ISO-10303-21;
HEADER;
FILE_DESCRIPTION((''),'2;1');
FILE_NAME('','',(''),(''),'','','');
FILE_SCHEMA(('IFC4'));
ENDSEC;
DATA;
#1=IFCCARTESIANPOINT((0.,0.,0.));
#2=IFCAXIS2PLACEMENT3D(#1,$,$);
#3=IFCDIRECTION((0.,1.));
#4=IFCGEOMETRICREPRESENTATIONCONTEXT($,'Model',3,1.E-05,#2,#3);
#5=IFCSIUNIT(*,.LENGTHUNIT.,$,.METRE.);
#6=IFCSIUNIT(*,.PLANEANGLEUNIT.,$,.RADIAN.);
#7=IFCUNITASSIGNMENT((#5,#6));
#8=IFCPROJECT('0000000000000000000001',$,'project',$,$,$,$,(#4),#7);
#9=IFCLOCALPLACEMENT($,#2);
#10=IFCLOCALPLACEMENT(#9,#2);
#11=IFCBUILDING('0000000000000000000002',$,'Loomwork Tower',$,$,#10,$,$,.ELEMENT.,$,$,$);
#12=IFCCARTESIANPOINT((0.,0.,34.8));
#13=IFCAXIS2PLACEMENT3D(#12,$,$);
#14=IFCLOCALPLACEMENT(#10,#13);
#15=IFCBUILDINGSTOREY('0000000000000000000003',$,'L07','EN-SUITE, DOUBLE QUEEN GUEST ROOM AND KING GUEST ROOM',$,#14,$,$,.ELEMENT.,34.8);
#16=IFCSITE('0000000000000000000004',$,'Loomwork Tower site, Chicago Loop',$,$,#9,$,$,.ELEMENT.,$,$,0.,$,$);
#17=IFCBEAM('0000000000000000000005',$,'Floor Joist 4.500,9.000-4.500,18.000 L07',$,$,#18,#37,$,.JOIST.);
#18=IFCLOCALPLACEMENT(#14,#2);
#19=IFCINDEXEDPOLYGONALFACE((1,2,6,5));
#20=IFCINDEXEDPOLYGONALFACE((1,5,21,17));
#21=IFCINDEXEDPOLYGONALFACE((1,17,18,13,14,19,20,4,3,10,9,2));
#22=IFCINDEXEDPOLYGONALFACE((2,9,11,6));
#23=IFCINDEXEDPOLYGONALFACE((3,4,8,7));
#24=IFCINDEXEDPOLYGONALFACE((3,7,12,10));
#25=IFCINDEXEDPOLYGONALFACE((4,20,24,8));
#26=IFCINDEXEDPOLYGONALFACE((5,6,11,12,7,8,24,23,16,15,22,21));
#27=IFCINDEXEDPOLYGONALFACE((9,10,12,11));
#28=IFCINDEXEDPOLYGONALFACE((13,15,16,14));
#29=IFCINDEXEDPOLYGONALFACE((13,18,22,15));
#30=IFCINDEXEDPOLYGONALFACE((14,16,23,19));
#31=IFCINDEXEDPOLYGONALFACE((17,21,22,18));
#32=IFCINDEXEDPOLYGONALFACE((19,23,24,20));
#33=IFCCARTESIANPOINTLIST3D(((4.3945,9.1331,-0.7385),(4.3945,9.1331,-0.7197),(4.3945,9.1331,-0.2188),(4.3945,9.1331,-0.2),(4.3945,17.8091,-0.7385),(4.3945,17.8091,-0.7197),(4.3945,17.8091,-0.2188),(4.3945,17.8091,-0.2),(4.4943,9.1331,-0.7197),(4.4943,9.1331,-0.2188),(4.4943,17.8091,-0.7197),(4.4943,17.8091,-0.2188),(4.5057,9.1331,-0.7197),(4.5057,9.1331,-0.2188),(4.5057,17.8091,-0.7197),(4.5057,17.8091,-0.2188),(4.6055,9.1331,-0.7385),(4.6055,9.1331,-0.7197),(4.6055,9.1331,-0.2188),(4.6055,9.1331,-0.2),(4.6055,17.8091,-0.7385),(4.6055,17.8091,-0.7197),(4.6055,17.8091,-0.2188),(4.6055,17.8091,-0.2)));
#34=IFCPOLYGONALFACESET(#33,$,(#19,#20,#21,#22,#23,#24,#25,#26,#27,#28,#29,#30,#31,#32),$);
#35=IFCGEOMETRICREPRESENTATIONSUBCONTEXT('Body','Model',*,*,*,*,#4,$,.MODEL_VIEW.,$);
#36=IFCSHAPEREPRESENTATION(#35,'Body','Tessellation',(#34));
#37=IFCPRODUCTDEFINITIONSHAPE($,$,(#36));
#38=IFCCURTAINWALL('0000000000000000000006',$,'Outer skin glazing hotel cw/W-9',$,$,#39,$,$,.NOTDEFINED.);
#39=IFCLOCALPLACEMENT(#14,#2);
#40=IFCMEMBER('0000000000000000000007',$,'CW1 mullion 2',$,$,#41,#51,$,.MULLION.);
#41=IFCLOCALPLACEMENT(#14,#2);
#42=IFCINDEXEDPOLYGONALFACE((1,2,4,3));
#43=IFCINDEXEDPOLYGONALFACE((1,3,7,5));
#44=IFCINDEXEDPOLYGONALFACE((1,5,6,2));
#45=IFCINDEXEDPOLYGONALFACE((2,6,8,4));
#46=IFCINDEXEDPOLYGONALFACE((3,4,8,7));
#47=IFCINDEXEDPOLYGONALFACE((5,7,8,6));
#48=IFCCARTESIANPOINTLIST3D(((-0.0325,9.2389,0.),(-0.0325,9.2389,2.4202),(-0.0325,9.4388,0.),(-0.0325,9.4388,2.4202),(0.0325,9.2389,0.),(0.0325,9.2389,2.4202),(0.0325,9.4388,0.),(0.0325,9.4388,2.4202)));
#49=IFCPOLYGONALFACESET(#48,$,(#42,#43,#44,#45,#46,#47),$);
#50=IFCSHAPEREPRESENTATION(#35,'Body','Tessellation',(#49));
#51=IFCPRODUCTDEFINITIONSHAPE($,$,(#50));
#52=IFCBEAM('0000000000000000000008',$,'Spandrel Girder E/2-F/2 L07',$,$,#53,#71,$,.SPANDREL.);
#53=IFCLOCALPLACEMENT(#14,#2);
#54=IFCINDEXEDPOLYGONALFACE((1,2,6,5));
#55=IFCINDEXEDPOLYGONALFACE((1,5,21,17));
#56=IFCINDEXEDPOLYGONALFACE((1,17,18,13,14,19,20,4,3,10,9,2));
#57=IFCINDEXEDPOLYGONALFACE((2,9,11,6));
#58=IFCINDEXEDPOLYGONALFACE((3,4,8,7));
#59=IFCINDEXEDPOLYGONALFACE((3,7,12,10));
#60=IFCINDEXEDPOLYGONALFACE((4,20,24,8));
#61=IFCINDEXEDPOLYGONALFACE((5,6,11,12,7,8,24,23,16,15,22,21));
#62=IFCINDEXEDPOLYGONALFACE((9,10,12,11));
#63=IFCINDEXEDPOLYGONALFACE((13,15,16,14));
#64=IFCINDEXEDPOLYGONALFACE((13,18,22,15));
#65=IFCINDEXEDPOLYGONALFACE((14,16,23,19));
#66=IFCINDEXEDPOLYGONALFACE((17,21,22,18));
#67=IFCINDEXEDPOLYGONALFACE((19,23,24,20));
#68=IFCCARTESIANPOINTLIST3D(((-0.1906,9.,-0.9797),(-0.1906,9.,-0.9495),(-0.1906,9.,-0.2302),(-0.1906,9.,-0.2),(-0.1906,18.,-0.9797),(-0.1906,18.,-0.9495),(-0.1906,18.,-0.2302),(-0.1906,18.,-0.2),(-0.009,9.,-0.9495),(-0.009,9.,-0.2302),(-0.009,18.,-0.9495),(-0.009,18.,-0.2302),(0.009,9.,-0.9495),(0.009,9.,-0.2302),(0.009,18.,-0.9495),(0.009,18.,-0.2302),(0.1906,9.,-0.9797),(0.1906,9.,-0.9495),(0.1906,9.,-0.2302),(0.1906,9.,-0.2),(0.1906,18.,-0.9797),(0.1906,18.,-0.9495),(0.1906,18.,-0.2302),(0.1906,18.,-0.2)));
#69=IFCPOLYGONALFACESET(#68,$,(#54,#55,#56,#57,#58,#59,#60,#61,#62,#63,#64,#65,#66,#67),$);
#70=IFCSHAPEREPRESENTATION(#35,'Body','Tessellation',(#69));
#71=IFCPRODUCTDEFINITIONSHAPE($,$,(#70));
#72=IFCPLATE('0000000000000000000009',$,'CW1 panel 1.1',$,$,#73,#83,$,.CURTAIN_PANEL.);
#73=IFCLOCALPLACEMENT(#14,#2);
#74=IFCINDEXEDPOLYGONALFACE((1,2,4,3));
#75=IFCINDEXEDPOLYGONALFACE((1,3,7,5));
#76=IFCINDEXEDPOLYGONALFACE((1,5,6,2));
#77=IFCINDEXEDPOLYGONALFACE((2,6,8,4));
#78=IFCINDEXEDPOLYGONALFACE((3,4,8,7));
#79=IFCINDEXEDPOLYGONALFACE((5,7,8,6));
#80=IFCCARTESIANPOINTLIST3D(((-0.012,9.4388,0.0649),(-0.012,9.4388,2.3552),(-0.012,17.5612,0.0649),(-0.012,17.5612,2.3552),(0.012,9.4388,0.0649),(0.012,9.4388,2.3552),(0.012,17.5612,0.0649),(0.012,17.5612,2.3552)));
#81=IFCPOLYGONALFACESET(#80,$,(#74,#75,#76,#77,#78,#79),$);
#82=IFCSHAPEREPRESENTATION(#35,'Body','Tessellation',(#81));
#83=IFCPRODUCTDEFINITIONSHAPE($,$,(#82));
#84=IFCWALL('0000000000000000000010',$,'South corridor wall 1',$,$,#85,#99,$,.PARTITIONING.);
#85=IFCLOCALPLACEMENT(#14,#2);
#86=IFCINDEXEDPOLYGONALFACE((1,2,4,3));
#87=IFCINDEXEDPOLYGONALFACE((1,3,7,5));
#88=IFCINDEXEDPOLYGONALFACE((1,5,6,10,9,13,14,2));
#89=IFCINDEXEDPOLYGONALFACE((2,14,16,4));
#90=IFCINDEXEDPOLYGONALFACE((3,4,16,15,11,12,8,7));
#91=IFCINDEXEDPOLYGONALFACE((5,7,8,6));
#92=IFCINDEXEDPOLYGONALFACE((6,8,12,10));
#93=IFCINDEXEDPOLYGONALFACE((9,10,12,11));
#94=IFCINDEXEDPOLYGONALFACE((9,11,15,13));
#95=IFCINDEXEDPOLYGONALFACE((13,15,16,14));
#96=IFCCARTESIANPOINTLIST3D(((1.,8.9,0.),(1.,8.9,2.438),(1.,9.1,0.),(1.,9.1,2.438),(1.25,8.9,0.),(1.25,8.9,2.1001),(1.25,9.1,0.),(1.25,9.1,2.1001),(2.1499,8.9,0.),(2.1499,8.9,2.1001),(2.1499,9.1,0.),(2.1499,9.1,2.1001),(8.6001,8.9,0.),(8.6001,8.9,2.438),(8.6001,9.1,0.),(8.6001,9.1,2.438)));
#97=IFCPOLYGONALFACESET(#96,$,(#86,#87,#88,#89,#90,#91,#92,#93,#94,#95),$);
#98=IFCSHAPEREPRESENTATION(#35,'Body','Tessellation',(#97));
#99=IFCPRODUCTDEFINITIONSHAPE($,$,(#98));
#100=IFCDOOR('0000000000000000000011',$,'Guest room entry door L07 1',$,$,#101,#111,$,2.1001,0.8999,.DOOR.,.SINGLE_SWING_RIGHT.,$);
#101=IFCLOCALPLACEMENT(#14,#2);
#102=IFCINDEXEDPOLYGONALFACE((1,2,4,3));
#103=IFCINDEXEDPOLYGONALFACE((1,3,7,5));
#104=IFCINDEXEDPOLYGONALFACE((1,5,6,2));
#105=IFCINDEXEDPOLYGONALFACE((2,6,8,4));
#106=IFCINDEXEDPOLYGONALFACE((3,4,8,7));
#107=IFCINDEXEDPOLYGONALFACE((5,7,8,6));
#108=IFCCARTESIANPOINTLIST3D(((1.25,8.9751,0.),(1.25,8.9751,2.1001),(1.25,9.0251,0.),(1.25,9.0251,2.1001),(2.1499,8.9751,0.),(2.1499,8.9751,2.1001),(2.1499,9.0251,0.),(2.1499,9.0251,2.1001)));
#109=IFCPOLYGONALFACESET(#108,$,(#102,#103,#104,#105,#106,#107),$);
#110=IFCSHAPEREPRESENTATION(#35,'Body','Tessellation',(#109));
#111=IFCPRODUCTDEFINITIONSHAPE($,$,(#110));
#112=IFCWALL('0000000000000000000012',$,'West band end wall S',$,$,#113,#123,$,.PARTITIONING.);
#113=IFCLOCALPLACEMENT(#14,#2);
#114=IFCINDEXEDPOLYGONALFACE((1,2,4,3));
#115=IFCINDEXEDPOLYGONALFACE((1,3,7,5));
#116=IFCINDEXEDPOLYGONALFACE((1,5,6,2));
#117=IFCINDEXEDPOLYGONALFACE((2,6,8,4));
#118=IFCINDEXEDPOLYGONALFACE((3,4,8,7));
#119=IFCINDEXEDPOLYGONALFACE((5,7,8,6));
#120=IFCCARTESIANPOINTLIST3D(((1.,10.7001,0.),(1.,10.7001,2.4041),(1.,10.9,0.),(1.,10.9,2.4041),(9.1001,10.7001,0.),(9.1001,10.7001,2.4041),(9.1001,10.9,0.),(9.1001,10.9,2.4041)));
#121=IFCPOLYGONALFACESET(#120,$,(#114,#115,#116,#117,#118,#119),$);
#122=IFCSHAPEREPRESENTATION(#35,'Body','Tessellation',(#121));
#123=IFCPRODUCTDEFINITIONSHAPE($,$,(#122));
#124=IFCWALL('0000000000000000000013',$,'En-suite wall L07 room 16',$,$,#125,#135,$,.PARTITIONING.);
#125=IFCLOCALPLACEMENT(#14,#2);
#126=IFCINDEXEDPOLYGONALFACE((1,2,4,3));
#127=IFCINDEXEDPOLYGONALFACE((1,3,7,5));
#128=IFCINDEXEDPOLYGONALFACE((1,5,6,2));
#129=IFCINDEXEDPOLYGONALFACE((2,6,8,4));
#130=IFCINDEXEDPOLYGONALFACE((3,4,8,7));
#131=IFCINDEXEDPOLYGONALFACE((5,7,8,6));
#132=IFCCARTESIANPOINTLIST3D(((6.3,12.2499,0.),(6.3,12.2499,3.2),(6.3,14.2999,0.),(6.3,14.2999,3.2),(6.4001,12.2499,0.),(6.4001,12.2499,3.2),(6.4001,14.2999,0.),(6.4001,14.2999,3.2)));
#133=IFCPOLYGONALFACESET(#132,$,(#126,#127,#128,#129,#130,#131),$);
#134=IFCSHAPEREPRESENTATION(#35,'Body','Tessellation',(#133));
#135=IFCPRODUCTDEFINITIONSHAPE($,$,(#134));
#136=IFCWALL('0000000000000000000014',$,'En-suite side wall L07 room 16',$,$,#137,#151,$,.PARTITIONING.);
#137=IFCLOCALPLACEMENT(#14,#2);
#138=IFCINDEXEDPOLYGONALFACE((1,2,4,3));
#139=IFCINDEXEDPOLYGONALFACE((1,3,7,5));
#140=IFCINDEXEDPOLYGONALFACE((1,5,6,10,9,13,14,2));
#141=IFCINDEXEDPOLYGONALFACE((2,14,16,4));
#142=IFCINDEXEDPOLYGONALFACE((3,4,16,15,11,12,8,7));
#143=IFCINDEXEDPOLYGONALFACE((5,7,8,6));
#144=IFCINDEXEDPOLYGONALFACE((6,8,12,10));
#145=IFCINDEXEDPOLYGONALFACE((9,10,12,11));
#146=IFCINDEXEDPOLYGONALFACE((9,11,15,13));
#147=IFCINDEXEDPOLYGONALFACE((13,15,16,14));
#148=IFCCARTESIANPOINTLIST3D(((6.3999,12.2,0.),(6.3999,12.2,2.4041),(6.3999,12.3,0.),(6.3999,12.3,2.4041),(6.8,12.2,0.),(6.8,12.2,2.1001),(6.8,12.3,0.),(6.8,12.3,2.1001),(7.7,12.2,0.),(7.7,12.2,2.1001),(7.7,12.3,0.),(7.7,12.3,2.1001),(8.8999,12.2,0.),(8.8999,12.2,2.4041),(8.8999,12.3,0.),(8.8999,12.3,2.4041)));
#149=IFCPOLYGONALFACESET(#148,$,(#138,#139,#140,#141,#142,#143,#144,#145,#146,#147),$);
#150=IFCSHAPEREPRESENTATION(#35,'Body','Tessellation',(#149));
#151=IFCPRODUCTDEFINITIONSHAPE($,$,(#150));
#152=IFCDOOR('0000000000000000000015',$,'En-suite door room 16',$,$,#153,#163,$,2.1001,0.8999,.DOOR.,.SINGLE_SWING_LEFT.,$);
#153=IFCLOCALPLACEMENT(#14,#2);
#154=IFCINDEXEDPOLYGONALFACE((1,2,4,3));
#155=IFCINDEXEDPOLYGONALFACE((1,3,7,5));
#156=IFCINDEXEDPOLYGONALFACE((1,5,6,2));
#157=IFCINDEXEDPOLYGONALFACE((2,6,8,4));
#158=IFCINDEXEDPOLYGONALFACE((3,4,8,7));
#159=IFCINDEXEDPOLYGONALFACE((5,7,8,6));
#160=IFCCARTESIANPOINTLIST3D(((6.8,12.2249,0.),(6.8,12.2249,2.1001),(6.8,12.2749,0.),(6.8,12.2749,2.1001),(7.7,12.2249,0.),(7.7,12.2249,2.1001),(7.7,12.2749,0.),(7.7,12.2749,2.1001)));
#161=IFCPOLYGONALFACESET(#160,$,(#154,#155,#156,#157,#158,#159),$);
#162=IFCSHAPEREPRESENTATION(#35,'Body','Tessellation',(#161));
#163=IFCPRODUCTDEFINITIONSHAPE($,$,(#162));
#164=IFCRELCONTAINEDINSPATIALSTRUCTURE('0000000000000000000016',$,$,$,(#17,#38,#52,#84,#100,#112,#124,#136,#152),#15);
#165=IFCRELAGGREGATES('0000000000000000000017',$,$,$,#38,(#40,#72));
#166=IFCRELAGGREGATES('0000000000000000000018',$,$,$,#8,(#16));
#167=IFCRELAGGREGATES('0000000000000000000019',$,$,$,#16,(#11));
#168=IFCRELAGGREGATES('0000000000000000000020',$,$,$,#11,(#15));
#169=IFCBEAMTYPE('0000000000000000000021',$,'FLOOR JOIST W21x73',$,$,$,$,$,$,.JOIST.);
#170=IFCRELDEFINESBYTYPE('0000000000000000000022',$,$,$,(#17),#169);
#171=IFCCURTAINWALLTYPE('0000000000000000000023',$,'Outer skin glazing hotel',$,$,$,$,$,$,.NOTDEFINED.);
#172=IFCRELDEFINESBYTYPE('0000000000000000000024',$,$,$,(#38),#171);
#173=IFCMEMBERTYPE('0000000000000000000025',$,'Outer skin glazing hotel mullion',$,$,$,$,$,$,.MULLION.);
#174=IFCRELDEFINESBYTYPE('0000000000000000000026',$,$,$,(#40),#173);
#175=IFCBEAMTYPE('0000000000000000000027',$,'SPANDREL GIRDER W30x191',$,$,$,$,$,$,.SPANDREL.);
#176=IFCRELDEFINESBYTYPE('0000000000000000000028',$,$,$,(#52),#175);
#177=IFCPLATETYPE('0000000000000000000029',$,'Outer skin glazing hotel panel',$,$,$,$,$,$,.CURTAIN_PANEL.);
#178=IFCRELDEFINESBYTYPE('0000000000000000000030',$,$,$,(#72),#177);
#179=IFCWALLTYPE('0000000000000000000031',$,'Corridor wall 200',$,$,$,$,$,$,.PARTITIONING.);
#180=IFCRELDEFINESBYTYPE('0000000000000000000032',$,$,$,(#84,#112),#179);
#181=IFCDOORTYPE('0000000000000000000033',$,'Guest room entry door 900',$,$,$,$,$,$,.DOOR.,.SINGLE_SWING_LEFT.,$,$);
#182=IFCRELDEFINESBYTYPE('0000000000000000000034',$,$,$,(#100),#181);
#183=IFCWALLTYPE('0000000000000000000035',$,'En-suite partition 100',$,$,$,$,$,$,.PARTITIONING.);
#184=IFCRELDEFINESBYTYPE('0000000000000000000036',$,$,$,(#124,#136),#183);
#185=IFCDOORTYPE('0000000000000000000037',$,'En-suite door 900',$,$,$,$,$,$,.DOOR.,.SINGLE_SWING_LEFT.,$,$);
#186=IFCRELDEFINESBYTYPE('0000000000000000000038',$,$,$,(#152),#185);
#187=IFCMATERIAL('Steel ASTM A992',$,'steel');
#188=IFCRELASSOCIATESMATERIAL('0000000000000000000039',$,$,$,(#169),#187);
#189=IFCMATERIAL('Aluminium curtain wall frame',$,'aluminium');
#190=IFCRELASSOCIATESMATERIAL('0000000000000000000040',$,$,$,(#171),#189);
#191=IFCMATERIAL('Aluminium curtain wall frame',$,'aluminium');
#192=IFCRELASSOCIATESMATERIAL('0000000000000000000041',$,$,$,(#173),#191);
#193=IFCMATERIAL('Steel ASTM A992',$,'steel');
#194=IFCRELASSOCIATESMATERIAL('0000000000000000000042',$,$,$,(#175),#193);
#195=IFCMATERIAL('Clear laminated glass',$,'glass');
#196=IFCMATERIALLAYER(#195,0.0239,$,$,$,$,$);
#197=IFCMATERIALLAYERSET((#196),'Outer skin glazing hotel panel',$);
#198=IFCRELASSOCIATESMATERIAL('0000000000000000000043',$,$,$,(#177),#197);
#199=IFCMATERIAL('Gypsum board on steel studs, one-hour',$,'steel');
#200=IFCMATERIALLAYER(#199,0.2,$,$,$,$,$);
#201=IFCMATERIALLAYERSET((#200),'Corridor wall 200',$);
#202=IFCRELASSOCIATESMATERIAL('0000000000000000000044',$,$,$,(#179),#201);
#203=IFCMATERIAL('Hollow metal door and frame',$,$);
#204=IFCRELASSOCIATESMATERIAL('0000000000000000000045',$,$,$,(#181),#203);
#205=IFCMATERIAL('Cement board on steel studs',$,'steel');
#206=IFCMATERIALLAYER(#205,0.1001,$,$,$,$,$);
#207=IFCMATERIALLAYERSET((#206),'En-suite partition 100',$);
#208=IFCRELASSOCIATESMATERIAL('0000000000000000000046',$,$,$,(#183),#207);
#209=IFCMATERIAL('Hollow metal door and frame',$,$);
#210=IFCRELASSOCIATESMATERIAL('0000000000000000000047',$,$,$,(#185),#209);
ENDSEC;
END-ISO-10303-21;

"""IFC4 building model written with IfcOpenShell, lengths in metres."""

from ifc_helpers import new_model, si_unit, direction, frame, frame_2d, origin, origin_2d, place, context, subcontext, project, spatial, rectangle, i_section, extrude, material, layer, layer_set, material_profile, profile_set, type_object, element, fill, aggregate, save


model = new_model("IFC4")

# Units and contexts
model_context = context("Model", 3, precision=1e-05, world=origin(), true_north=direction((0.0, 1.0)))
body_context = subcontext(model_context, "Body", "Model", "MODEL_VIEW")
ifc_project = project(units=[si_unit("LENGTHUNIT", "METRE"), si_unit("PLANEANGLEUNIT", "RADIAN")], contexts=[model_context])

# Site, building, storey
site_placement = place(None, origin())
site = spatial("IfcSite", under=ifc_project, at=site_placement, Name="Loomwork Tower site, Chicago Loop", CompositionType="ELEMENT", RefElevation=0.0)
building_placement = place(site_placement, origin())
building = spatial("IfcBuilding", under=site, at=building_placement, Name="Loomwork Tower", CompositionType="ELEMENT")
storey_placement = place(building_placement, frame((0.0, 0.0, 34.8)))
storey = spatial("IfcBuildingStorey", under=building, at=storey_placement, Name="L07", Description="EN-SUITE, DOUBLE QUEEN GUEST ROOM AND KING GUEST ROOM", CompositionType="ELEMENT", Elevation=34.8)

# Beam
ifc_material_1 = material(Name="Steel ASTM A992", Category="steel")
ifc_material_profile_1 = material_profile(ifc_material_1, i_section(OverallWidth=0.2109, OverallDepth=0.5386, WebThickness=0.0115, FlangeThickness=0.0188, at=origin_2d()), Name="W21x73")
ifc_profile_set_1 = profile_set([ifc_material_profile_1], Name="Steel ASTM A992")
beam_type_1 = type_object("IfcBeamType", Name="FLOOR JOIST W21x73", PredefinedType="JOIST", material=ifc_profile_set_1)
beam_1_placement = place(storey_placement, frame((4.5, 9.1331, -0.4692), z_axis=(0.0, 1.0, 0.0), x_axis=(-1.0, 0.0, 0.0)))
element("IfcBeam", 1, at=beam_1_placement, inside=storey, type_object=beam_type_1, Name="Floor Joist 4.500,9.000-4.500,18.000 L07", PredefinedType="JOIST", context=body_context, shape_type="SweptSolid", body=[
    extrude(i_section(OverallWidth=0.2109, OverallDepth=0.5386, WebThickness=0.0115, FlangeThickness=0.0188, at=origin_2d()), origin(), (0.0, 0.0, 1.0), 8.676),
])

# Curtain wall, member
ifc_material_2 = material(Name="Aluminium curtain wall frame", Category="aluminium")
curtain_wall_type = type_object("IfcCurtainWallType", Name="Outer skin glazing hotel", PredefinedType="NOTDEFINED", material=ifc_material_2)
curtain_wall_placement = place(storey_placement, origin())
curtain_wall = element("IfcCurtainWall", 2, at=curtain_wall_placement, inside=storey, type_object=curtain_wall_type, Name="Outer skin glazing hotel cw/W-9", PredefinedType="NOTDEFINED")
ifc_material_3 = material(Name="Aluminium curtain wall frame", Category="aluminium")
ifc_material_profile_2 = material_profile(ifc_material_3, rectangle(XDim=0.0649, YDim=0.2, at=origin_2d()), Name="AL 65x200")
ifc_profile_set_2 = profile_set([ifc_material_profile_2], Name="Aluminium curtain wall frame")
member_type = type_object("IfcMemberType", Name="Outer skin glazing hotel mullion", PredefinedType="MULLION", material=ifc_profile_set_2)
member_placement = place(storey_placement, frame((0.0, 9.3389, 0.0), z_axis=(0.0, 0.0, 1.0), x_axis=(1.0, 0.0, 0.0)))
member = element("IfcMember", 3, at=member_placement, type_object=member_type, Name="CW1 mullion 2", PredefinedType="MULLION", context=body_context, shape_type="SweptSolid", body=[
    extrude(rectangle(XDim=0.0649, YDim=0.2, at=origin_2d()), origin(), (0.0, 0.0, 1.0), 2.4202),
])

# Beam
ifc_material_4 = material(Name="Steel ASTM A992", Category="steel")
ifc_material_profile_3 = material_profile(ifc_material_4, i_section(OverallWidth=0.3811, OverallDepth=0.7798, WebThickness=0.0181, FlangeThickness=0.0303, at=origin_2d()), Name="W30x191")
ifc_profile_set_3 = profile_set([ifc_material_profile_3], Name="Steel ASTM A992")
beam_type_2 = type_object("IfcBeamType", Name="SPANDREL GIRDER W30x191", PredefinedType="SPANDREL", material=ifc_profile_set_3)
beam_2_placement = place(storey_placement, frame((0.0, 9.0, -0.5898), z_axis=(0.0, 1.0, 0.0), x_axis=(-1.0, 0.0, 0.0)))
element("IfcBeam", 4, at=beam_2_placement, inside=storey, type_object=beam_type_2, Name="Spandrel Girder E/2-F/2 L07", PredefinedType="SPANDREL", context=body_context, shape_type="SweptSolid", body=[
    extrude(i_section(OverallWidth=0.3811, OverallDepth=0.7798, WebThickness=0.0181, FlangeThickness=0.0303, at=origin_2d()), origin(), (0.0, 0.0, 1.0), 9.0),
])

# Plate
ifc_material_5 = material(Name="Clear laminated glass", Category="glass")
ifc_layer_1 = layer(ifc_material_5, 0.0239)
ifc_layer_set_1 = layer_set([ifc_layer_1], Name="Outer skin glazing hotel panel")
plate_type = type_object("IfcPlateType", Name="Outer skin glazing hotel panel", PredefinedType="CURTAIN_PANEL", material=ifc_layer_set_1)
plate_placement = place(storey_placement, frame((0.0, 13.5, 0.0649), z_axis=(0.0, 0.0, 1.0), x_axis=(0.0, -1.0, 0.0)))
plate = element("IfcPlate", 5, at=plate_placement, type_object=plate_type, Name="CW1 panel 1.1", PredefinedType="CURTAIN_PANEL", context=body_context, shape_type="SweptSolid", body=[
    extrude(rectangle(XDim=8.1223, YDim=0.0239, at=origin_2d()), origin(), (0.0, 0.0, 1.0), 2.2903),
])
aggregate(curtain_wall, [member, plate])

# Wall, opening, door
ifc_material_6 = material(Name="Gypsum board on steel studs, one-hour", Category="steel")
ifc_layer_2 = layer(ifc_material_6, 0.2)
ifc_layer_set_2 = layer_set([ifc_layer_2], Name="Corridor wall 200")
wall_type_1 = type_object("IfcWallType", Name="Corridor wall 200", PredefinedType="PARTITIONING", material=ifc_layer_set_2)
wall_1_placement = place(storey_placement, frame((1.0, 9.0, 0.0), z_axis=(0.0, 0.0, 1.0), x_axis=(1.0, 0.0, 0.0)))
wall_1 = element("IfcWall", 6, at=wall_1_placement, inside=storey, type_object=wall_type_1, Name="South corridor wall 1", PredefinedType="PARTITIONING", context=body_context, shape_type="SweptSolid", body=[
    extrude(rectangle(XDim=7.6001, YDim=0.2, at=frame_2d((3.8, 0.0))), origin(), (0.0, 0.0, 1.0), 2.438),
])
opening_1_placement = place(wall_1_placement, frame((0.25, 0.0, 0.0)))
opening_1 = element("IfcOpeningElement", 7, at=opening_1_placement, cuts=wall_1, PredefinedType="OPENING", context=body_context, shape_type="SweptSolid", body=[
    extrude(rectangle(XDim=0.8999, YDim=2.1001, at=frame_2d((0.45, 1.05))), frame((0.0, 0.1099, 0.0), z_axis=(0.0, -1.0, 0.0), x_axis=(1.0, 0.0, 0.0)), (0.0, 0.0, 1.0), 0.22),
])
ifc_material_7 = material(Name="Hollow metal door and frame")
door_type_1 = type_object("IfcDoorType", Name="Guest room entry door 900", OperationType="SINGLE_SWING_LEFT", PredefinedType="DOOR", material=ifc_material_7)
door_1_placement = place(opening_1_placement, frame((0.8999, 0.0, 0.0), z_axis=(0.0, 0.0, 1.0), x_axis=(-1.0, 0.0, 0.0)))
door_1 = element("IfcDoor", 8, at=door_1_placement, inside=storey, type_object=door_type_1, Name="Guest room entry door L07 1", OperationType="SINGLE_SWING_RIGHT", OverallHeight=2.1001, OverallWidth=0.8999, PredefinedType="DOOR", context=body_context, shape_type="SweptSolid", body=[
    extrude(rectangle(XDim=0.8999, YDim=2.1001, at=frame_2d((0.45, 1.05))), frame((0.0, 0.0249, 0.0), z_axis=(0.0, -1.0, 0.0), x_axis=(1.0, 0.0, 0.0)), (0.0, 0.0, 1.0), 0.05),
])
fill(opening_1, door_1)

# Walls
wall_2_placement = place(storey_placement, frame((1.0, 10.8, 0.0), z_axis=(0.0, 0.0, 1.0), x_axis=(1.0, 0.0, 0.0)))
element("IfcWall", 9, at=wall_2_placement, inside=storey, type_object=wall_type_1, Name="West band end wall S", PredefinedType="PARTITIONING", context=body_context, shape_type="SweptSolid", body=[
    extrude(rectangle(XDim=8.1001, YDim=0.2, at=frame_2d((4.05, 0.0))), origin(), (0.0, 0.0, 1.0), 2.4041),
])
ifc_material_8 = material(Name="Cement board on steel studs", Category="steel")
ifc_layer_3 = layer(ifc_material_8, 0.1001)
ifc_layer_set_3 = layer_set([ifc_layer_3], Name="En-suite partition 100")
wall_type_2 = type_object("IfcWallType", Name="En-suite partition 100", PredefinedType="PARTITIONING", material=ifc_layer_set_3)
wall_3_placement = place(storey_placement, frame((6.3501, 12.25, 0.0), z_axis=(0.0, 0.0, 1.0), x_axis=(0.0, 1.0, 0.0)))
element("IfcWall", 10, at=wall_3_placement, inside=storey, type_object=wall_type_2, Name="En-suite wall L07 room 16", PredefinedType="PARTITIONING", context=body_context, shape_type="SweptSolid", body=[
    extrude(rectangle(XDim=2.05, YDim=0.1001, at=frame_2d((1.0249, 0.0))), origin(), (0.0, 0.0, 1.0), 3.2),
])

# Wall, opening, door
wall_4_placement = place(storey_placement, frame((8.8999, 12.25, 0.0), z_axis=(0.0, 0.0, 1.0), x_axis=(-1.0, 0.0, 0.0)))
wall_4 = element("IfcWall", 11, at=wall_4_placement, inside=storey, type_object=wall_type_2, Name="En-suite side wall L07 room 16", PredefinedType="PARTITIONING", context=body_context, shape_type="SweptSolid", body=[
    extrude(rectangle(XDim=2.5, YDim=0.1001, at=frame_2d((1.25, 0.0))), origin(), (0.0, 0.0, 1.0), 2.4041),
])
opening_2_placement = place(wall_4_placement, frame((1.2, 0.0, 0.0)))
opening_2 = element("IfcOpeningElement", 12, at=opening_2_placement, cuts=wall_4, PredefinedType="OPENING", context=body_context, shape_type="SweptSolid", body=[
    extrude(rectangle(XDim=0.8999, YDim=2.1001, at=frame_2d((0.45, 1.05))), frame((0.0, 0.0601, 0.0), z_axis=(0.0, -1.0, 0.0), x_axis=(1.0, 0.0, 0.0)), (0.0, 0.0, 1.0), 0.1201),
])
ifc_material_9 = material(Name="Hollow metal door and frame")
door_type_2 = type_object("IfcDoorType", Name="En-suite door 900", OperationType="SINGLE_SWING_LEFT", PredefinedType="DOOR", material=ifc_material_9)
door_2_placement = place(opening_2_placement, frame((0.8999, 0.0, 0.0), z_axis=(0.0, 0.0, 1.0), x_axis=(-1.0, 0.0, 0.0)))
door_2 = element("IfcDoor", 13, at=door_2_placement, inside=storey, type_object=door_type_2, Name="En-suite door room 16", OperationType="SINGLE_SWING_LEFT", OverallHeight=2.1001, OverallWidth=0.8999, PredefinedType="DOOR", context=body_context, shape_type="SweptSolid", body=[
    extrude(rectangle(XDim=0.8999, YDim=2.1001, at=frame_2d((0.45, 1.05))), frame((0.0, 0.0249, 0.0), z_axis=(0.0, -1.0, 0.0), x_axis=(1.0, 0.0, 0.0)), (0.0, 0.0, 1.0), 0.05),
])
fill(opening_2, door_2)

save(model, "model.ifc")
